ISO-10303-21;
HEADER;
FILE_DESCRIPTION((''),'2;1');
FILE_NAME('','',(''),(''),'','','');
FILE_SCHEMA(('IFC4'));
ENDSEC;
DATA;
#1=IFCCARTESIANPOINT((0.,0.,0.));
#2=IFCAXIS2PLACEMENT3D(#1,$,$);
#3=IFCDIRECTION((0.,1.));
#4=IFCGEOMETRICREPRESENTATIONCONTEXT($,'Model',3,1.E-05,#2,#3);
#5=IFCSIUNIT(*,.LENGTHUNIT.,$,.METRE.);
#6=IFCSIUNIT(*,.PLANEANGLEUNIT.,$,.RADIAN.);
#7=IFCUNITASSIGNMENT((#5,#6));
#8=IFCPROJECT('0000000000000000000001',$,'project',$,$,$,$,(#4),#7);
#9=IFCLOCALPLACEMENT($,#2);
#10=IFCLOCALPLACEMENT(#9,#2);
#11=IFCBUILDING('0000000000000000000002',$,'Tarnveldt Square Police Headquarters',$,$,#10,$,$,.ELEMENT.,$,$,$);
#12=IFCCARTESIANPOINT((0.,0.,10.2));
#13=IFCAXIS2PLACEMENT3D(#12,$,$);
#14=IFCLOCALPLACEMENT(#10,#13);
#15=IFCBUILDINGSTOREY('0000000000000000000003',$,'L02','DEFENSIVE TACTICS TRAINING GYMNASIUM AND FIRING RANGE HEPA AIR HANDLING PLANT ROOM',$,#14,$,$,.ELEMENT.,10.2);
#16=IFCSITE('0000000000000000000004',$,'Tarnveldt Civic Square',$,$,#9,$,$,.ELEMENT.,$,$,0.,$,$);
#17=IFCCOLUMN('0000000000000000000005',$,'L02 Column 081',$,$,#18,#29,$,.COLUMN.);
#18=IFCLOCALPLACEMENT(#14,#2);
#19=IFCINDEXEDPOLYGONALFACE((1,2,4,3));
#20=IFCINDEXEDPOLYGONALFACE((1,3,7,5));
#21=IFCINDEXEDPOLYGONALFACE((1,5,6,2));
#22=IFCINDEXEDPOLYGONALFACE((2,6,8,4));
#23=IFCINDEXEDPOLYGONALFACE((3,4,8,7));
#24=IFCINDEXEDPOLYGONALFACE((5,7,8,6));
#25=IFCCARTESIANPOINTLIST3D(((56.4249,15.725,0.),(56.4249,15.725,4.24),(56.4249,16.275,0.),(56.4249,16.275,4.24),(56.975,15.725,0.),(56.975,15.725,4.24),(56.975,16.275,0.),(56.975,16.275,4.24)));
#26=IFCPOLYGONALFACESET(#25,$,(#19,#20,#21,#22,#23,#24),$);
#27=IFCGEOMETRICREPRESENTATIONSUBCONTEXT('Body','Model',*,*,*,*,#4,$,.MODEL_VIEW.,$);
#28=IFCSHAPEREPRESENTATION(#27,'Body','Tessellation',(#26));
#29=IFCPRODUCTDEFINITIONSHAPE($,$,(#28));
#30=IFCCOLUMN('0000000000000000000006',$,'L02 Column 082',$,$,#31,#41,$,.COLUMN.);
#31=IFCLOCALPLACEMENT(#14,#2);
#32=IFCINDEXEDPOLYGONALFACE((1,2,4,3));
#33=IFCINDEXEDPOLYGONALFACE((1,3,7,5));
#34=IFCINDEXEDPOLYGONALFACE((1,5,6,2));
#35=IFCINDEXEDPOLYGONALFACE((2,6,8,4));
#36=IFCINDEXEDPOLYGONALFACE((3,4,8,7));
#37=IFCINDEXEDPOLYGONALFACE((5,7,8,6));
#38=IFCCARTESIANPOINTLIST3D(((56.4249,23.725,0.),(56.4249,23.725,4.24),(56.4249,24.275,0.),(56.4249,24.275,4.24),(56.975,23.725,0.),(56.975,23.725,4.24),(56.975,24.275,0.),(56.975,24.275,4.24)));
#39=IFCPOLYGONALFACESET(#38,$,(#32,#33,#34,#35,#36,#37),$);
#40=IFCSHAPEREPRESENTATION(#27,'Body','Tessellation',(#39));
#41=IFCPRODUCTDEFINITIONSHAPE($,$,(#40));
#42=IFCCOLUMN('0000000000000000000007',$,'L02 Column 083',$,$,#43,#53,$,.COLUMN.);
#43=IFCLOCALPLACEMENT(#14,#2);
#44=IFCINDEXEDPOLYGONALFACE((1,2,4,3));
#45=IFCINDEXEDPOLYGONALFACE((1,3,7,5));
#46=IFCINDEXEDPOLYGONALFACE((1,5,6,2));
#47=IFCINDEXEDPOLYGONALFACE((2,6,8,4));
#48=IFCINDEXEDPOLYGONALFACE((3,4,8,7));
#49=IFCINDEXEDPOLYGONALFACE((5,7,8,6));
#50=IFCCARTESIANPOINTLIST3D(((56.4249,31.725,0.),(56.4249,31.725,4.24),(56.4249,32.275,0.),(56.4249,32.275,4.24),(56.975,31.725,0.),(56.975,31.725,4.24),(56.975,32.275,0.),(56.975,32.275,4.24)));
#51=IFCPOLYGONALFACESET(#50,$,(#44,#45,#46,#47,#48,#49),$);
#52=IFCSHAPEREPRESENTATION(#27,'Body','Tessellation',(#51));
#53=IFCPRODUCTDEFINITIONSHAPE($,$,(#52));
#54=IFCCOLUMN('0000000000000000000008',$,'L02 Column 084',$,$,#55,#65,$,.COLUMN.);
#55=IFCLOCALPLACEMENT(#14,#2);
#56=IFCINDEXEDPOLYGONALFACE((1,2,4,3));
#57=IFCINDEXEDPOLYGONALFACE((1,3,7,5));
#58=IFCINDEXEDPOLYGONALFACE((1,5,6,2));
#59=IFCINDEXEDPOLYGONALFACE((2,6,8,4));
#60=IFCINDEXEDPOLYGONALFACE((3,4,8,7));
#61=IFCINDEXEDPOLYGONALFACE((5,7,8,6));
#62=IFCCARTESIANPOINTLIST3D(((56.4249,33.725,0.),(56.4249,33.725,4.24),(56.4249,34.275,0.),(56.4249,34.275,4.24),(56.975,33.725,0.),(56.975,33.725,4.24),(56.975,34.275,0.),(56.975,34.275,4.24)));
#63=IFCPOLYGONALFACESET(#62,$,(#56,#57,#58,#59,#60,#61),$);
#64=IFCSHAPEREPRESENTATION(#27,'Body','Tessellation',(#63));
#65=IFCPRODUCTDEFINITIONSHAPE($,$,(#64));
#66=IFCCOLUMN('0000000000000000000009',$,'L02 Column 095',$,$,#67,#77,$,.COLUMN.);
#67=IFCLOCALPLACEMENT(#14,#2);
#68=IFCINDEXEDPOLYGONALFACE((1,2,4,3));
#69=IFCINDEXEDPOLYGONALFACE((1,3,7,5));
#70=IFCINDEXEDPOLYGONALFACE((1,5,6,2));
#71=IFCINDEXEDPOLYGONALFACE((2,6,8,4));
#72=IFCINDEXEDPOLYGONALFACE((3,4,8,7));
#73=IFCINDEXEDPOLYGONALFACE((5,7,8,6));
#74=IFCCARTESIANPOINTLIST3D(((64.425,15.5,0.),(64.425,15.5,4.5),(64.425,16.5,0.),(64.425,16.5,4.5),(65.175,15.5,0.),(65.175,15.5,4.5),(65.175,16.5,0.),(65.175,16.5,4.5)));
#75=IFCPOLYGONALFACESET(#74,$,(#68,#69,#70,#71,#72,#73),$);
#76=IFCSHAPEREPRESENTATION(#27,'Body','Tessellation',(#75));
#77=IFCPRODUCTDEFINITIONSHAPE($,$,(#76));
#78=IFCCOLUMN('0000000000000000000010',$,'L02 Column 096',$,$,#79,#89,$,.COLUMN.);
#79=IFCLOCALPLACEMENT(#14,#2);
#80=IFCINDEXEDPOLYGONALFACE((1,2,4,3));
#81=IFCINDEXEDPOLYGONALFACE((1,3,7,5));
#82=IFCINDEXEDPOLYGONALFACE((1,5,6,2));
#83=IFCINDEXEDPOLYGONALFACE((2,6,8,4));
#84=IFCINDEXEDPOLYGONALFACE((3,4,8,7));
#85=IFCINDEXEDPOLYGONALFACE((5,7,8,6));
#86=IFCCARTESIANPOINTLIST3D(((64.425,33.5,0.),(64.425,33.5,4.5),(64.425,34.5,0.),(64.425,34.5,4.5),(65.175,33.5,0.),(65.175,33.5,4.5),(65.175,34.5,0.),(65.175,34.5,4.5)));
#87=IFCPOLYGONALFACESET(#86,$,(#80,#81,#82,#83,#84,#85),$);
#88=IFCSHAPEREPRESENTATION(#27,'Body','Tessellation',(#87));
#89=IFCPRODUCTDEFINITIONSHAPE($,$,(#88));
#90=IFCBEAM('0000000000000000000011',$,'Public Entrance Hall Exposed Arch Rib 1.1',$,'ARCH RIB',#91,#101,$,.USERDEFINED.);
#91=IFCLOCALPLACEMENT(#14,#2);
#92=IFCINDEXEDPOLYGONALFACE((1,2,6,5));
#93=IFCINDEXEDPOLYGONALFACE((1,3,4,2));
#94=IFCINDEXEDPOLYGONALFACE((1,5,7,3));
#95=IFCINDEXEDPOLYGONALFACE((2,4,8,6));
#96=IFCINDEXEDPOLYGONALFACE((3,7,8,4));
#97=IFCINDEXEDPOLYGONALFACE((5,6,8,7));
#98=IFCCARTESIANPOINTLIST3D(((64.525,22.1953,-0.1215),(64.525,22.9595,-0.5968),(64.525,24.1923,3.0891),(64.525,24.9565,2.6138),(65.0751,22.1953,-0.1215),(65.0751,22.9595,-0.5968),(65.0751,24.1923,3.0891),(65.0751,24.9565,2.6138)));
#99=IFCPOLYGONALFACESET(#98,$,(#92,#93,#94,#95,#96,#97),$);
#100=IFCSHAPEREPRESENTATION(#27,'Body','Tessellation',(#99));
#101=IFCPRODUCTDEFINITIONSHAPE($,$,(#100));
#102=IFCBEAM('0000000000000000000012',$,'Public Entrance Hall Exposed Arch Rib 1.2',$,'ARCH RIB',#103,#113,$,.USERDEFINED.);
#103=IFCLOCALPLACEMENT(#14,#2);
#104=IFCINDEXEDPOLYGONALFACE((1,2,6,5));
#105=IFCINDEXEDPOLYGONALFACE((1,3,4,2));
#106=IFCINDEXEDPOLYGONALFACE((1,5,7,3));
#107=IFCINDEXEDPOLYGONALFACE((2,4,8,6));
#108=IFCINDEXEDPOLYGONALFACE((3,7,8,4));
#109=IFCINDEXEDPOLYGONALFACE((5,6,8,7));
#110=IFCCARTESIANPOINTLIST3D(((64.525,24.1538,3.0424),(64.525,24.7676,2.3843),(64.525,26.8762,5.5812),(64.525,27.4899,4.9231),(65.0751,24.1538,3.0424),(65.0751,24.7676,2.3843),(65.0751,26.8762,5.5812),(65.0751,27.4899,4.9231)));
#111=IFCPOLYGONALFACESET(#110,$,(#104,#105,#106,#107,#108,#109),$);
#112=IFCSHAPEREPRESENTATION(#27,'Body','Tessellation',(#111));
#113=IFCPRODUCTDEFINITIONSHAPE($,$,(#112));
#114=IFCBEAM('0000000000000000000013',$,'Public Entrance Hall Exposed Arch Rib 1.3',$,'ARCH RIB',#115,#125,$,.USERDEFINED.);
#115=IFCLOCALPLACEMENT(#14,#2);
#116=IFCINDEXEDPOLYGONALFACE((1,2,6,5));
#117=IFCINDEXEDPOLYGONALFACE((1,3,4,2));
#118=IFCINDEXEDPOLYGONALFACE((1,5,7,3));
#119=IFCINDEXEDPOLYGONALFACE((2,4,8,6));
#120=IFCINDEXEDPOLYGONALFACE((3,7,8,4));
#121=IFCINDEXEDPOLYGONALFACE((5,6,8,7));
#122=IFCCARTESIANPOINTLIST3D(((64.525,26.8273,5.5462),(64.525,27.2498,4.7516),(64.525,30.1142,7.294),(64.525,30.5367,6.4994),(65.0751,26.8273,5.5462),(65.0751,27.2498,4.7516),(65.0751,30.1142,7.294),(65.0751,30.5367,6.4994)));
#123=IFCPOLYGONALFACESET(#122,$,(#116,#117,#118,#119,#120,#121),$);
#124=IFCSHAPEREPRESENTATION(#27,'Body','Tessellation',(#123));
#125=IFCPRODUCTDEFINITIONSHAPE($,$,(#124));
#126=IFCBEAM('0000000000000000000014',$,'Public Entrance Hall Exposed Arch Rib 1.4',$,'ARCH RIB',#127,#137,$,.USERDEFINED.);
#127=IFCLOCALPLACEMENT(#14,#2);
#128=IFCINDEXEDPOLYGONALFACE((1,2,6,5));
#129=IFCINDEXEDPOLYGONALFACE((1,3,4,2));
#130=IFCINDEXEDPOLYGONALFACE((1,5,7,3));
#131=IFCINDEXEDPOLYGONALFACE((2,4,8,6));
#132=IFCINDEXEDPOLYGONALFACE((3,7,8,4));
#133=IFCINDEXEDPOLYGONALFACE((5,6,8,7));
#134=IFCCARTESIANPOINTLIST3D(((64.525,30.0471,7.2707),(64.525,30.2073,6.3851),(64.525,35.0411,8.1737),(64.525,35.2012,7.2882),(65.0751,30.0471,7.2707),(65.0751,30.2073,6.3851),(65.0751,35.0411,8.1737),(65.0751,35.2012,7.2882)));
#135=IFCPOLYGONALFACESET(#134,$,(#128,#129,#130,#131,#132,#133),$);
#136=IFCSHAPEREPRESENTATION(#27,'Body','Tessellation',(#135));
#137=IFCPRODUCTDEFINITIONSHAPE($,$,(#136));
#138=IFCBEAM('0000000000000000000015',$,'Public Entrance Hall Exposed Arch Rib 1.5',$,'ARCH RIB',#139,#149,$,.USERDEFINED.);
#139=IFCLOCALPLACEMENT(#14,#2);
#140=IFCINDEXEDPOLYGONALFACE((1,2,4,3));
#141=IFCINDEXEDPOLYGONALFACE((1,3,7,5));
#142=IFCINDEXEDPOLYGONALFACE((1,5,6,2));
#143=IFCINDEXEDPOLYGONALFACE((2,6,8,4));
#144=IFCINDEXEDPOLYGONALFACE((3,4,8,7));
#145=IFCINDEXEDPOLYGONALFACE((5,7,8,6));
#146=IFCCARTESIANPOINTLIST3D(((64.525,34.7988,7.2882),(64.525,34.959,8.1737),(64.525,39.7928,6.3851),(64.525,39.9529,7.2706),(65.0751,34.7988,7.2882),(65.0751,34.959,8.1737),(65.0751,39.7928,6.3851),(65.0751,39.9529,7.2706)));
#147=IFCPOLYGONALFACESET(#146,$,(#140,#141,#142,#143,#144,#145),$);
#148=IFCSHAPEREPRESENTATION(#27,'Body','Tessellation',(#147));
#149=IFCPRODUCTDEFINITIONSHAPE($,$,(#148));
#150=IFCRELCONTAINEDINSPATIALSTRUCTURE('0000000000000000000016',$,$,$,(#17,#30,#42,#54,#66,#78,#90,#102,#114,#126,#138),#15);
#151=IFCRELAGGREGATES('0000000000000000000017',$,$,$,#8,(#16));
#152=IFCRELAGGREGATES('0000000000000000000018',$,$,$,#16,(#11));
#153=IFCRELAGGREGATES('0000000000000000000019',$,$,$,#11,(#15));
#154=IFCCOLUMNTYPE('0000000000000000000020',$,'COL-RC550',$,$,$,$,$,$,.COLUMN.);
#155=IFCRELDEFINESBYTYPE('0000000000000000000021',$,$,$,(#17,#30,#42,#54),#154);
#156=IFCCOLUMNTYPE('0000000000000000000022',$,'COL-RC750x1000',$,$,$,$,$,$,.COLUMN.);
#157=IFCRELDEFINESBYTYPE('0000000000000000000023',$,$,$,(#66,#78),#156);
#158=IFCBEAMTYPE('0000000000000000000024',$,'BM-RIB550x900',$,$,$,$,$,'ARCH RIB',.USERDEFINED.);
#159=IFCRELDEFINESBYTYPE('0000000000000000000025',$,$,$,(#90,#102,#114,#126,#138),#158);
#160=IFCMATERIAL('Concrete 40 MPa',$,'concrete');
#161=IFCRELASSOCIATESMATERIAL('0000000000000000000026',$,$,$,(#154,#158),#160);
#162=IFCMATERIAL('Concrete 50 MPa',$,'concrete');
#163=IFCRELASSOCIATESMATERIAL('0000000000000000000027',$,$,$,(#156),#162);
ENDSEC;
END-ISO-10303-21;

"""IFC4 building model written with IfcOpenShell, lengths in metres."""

from ifc_helpers import new_model, si_unit, direction, frame, origin, origin_2d, place, context, subcontext, project, spatial, rectangle, extrude, material, material_profile, profile_set, type_object, element, save


model = new_model("IFC4")

# Units and contexts
model_context = context("Model", 3, precision=1e-05, world=origin(), true_north=direction((0.0, 1.0)))
body_context = subcontext(model_context, "Body", "Model", "MODEL_VIEW")
ifc_project = project(units=[si_unit("LENGTHUNIT", "METRE"), si_unit("PLANEANGLEUNIT", "RADIAN")], contexts=[model_context])

# Site, building, storey
site_placement = place(None, origin())
site = spatial("IfcSite", under=ifc_project, at=site_placement, Name="Tarnveldt Civic Square", CompositionType="ELEMENT", RefElevation=0.0)
building_placement = place(site_placement, origin())
building = spatial("IfcBuilding", under=site, at=building_placement, Name="Tarnveldt Square Police Headquarters", CompositionType="ELEMENT")
storey_placement = place(building_placement, frame((0.0, 0.0, 10.2)))
storey = spatial("IfcBuildingStorey", under=building, at=storey_placement, Name="L02", Description="DEFENSIVE TACTICS TRAINING GYMNASIUM AND FIRING RANGE HEPA AIR HANDLING PLANT ROOM", CompositionType="ELEMENT", Elevation=10.2)

# Columns
ifc_material_1 = material(Name="Concrete 40 MPa", Category="concrete")
ifc_material_profile_1 = material_profile(ifc_material_1, rectangle(XDim=0.55, YDim=0.55, at=origin_2d()), Name="RC-C550x550")
ifc_profile_set_1 = profile_set([ifc_material_profile_1], Name="Concrete 40 MPa")
column_type_1 = type_object("IfcColumnType", Name="COL-RC550", PredefinedType="COLUMN", material=ifc_profile_set_1)
for number, where, z_axis, x_axis, name in (
    (1, (56.7, 16.0, 0.0), (0.0, 0.0, 1.0), (1.0, 0.0, 0.0), "L02 Column 081"),
    (2, (56.7, 24.0, 0.0), (0.0, 0.0, 1.0), (1.0, 0.0, 0.0), "L02 Column 082"),
    (3, (56.7, 32.0, 0.0), (0.0, 0.0, 1.0), (1.0, 0.0, 0.0), "L02 Column 083"),
    (4, (56.7, 34.0, 0.0), (0.0, 0.0, 1.0), (1.0, 0.0, 0.0), "L02 Column 084"),
):
    element("IfcColumn", number, at=place(storey_placement, frame(where, z_axis=z_axis, x_axis=x_axis)), inside=storey, type_object=column_type_1, Name=name, PredefinedType="COLUMN", context=body_context, shape_type="SweptSolid", body=[
        extrude(rectangle(XDim=0.55, YDim=0.55, at=origin_2d()), origin(), (0.0, 0.0, 1.0), 4.24),
    ])
ifc_material_2 = material(Name="Concrete 50 MPa", Category="concrete")
ifc_material_profile_2 = material_profile(ifc_material_2, rectangle(XDim=0.75, YDim=1.0, at=origin_2d()), Name="RC-C750x1000")
ifc_profile_set_2 = profile_set([ifc_material_profile_2], Name="Concrete 50 MPa")
column_type_2 = type_object("IfcColumnType", Name="COL-RC750x1000", PredefinedType="COLUMN", material=ifc_profile_set_2)
for number, where, z_axis, x_axis, name in (
    (5, (64.8, 16.0, 0.0), (0.0, 0.0, 1.0), (1.0, 0.0, 0.0), "L02 Column 095"),
    (6, (64.8, 34.0, 0.0), (0.0, 0.0, 1.0), (1.0, 0.0, 0.0), "L02 Column 096"),
):
    element("IfcColumn", number, at=place(storey_placement, frame(where, z_axis=z_axis, x_axis=x_axis)), inside=storey, type_object=column_type_2, Name=name, PredefinedType="COLUMN", context=body_context, shape_type="SweptSolid", body=[
        extrude(rectangle(XDim=0.75, YDim=1.0, at=origin_2d()), origin(), (0.0, 0.0, 1.0), 4.5),
    ])

# Beams
ifc_material_profile_3 = material_profile(ifc_material_1, rectangle(XDim=0.55, YDim=0.8999, at=origin_2d()), Name="RC-RIB550x900")
ifc_profile_set_3 = profile_set([ifc_material_profile_3], Name="Concrete 40 MPa")
beam_type = type_object("IfcBeamType", Name="BM-RIB550x900", ElementType="ARCH RIB", PredefinedType="USERDEFINED", material=ifc_profile_set_3)
beam_1_placement = place(storey_placement, frame((64.8, 22.5774, -0.3591), z_axis=(0.0, 0.528169, 0.849139), x_axis=(-1.0, 0.0, 0.0)))
element("IfcBeam", 7, at=beam_1_placement, inside=storey, type_object=beam_type, Name="Public Entrance Hall Exposed Arch Rib 1.1", ObjectType="ARCH RIB", PredefinedType="USERDEFINED", context=body_context, shape_type="SweptSolid", body=[
    extrude(rectangle(XDim=0.55, YDim=0.8999, at=origin_2d()), origin(), (0.0, 0.0, 1.0), 3.781),
])
beam_2_placement = place(storey_placement, frame((64.8, 24.4607, 2.7134), z_axis=(0.0, 0.731337, 0.682017), x_axis=(-1.0, 0.0, 0.0)))
element("IfcBeam", 8, at=beam_2_placement, inside=storey, type_object=beam_type, Name="Public Entrance Hall Exposed Arch Rib 1.2", ObjectType="ARCH RIB", PredefinedType="USERDEFINED", context=body_context, shape_type="SweptSolid", body=[
    extrude(rectangle(XDim=0.55, YDim=0.8999, at=origin_2d()), origin(), (0.0, 0.0, 1.0), 3.7224),
])
beam_3_placement = place(storey_placement, frame((64.8, 27.0386, 5.1489), z_axis=(0.0, 0.882931, 0.469502), x_axis=(-1.0, 0.0, 0.0)))
element("IfcBeam", 9, at=beam_3_placement, inside=storey, type_object=beam_type, Name="Public Entrance Hall Exposed Arch Rib 1.3", ObjectType="ARCH RIB", PredefinedType="USERDEFINED", context=body_context, shape_type="SweptSolid", body=[
    extrude(rectangle(XDim=0.55, YDim=0.8999, at=origin_2d()), origin(), (0.0, 0.0, 1.0), 3.7227),
])
for number, where, z_axis, x_axis, name in (
    (10, (64.8, 30.1272, 6.8279), (0.0, 0.98404, 0.17795), (-1.0, 0.0, 0.0), "Public Entrance Hall Exposed Arch Rib 1.4"),
    (11, (64.8, 34.8789, 7.731), (0.0, 0.98404, -0.17795), (-1.0, 0.0, 0.0), "Public Entrance Hall Exposed Arch Rib 1.5"),
):
    element("IfcBeam", number, at=place(storey_placement, frame(where, z_axis=z_axis, x_axis=x_axis)), inside=storey, type_object=beam_type, Name=name, ObjectType="ARCH RIB", PredefinedType="USERDEFINED", context=body_context, shape_type="SweptSolid", body=[
        extrude(rectangle(XDim=0.55, YDim=0.8999, at=origin_2d()), origin(), (0.0, 0.0, 1.0), 5.075),
    ])

save(model, "model.ifc")
